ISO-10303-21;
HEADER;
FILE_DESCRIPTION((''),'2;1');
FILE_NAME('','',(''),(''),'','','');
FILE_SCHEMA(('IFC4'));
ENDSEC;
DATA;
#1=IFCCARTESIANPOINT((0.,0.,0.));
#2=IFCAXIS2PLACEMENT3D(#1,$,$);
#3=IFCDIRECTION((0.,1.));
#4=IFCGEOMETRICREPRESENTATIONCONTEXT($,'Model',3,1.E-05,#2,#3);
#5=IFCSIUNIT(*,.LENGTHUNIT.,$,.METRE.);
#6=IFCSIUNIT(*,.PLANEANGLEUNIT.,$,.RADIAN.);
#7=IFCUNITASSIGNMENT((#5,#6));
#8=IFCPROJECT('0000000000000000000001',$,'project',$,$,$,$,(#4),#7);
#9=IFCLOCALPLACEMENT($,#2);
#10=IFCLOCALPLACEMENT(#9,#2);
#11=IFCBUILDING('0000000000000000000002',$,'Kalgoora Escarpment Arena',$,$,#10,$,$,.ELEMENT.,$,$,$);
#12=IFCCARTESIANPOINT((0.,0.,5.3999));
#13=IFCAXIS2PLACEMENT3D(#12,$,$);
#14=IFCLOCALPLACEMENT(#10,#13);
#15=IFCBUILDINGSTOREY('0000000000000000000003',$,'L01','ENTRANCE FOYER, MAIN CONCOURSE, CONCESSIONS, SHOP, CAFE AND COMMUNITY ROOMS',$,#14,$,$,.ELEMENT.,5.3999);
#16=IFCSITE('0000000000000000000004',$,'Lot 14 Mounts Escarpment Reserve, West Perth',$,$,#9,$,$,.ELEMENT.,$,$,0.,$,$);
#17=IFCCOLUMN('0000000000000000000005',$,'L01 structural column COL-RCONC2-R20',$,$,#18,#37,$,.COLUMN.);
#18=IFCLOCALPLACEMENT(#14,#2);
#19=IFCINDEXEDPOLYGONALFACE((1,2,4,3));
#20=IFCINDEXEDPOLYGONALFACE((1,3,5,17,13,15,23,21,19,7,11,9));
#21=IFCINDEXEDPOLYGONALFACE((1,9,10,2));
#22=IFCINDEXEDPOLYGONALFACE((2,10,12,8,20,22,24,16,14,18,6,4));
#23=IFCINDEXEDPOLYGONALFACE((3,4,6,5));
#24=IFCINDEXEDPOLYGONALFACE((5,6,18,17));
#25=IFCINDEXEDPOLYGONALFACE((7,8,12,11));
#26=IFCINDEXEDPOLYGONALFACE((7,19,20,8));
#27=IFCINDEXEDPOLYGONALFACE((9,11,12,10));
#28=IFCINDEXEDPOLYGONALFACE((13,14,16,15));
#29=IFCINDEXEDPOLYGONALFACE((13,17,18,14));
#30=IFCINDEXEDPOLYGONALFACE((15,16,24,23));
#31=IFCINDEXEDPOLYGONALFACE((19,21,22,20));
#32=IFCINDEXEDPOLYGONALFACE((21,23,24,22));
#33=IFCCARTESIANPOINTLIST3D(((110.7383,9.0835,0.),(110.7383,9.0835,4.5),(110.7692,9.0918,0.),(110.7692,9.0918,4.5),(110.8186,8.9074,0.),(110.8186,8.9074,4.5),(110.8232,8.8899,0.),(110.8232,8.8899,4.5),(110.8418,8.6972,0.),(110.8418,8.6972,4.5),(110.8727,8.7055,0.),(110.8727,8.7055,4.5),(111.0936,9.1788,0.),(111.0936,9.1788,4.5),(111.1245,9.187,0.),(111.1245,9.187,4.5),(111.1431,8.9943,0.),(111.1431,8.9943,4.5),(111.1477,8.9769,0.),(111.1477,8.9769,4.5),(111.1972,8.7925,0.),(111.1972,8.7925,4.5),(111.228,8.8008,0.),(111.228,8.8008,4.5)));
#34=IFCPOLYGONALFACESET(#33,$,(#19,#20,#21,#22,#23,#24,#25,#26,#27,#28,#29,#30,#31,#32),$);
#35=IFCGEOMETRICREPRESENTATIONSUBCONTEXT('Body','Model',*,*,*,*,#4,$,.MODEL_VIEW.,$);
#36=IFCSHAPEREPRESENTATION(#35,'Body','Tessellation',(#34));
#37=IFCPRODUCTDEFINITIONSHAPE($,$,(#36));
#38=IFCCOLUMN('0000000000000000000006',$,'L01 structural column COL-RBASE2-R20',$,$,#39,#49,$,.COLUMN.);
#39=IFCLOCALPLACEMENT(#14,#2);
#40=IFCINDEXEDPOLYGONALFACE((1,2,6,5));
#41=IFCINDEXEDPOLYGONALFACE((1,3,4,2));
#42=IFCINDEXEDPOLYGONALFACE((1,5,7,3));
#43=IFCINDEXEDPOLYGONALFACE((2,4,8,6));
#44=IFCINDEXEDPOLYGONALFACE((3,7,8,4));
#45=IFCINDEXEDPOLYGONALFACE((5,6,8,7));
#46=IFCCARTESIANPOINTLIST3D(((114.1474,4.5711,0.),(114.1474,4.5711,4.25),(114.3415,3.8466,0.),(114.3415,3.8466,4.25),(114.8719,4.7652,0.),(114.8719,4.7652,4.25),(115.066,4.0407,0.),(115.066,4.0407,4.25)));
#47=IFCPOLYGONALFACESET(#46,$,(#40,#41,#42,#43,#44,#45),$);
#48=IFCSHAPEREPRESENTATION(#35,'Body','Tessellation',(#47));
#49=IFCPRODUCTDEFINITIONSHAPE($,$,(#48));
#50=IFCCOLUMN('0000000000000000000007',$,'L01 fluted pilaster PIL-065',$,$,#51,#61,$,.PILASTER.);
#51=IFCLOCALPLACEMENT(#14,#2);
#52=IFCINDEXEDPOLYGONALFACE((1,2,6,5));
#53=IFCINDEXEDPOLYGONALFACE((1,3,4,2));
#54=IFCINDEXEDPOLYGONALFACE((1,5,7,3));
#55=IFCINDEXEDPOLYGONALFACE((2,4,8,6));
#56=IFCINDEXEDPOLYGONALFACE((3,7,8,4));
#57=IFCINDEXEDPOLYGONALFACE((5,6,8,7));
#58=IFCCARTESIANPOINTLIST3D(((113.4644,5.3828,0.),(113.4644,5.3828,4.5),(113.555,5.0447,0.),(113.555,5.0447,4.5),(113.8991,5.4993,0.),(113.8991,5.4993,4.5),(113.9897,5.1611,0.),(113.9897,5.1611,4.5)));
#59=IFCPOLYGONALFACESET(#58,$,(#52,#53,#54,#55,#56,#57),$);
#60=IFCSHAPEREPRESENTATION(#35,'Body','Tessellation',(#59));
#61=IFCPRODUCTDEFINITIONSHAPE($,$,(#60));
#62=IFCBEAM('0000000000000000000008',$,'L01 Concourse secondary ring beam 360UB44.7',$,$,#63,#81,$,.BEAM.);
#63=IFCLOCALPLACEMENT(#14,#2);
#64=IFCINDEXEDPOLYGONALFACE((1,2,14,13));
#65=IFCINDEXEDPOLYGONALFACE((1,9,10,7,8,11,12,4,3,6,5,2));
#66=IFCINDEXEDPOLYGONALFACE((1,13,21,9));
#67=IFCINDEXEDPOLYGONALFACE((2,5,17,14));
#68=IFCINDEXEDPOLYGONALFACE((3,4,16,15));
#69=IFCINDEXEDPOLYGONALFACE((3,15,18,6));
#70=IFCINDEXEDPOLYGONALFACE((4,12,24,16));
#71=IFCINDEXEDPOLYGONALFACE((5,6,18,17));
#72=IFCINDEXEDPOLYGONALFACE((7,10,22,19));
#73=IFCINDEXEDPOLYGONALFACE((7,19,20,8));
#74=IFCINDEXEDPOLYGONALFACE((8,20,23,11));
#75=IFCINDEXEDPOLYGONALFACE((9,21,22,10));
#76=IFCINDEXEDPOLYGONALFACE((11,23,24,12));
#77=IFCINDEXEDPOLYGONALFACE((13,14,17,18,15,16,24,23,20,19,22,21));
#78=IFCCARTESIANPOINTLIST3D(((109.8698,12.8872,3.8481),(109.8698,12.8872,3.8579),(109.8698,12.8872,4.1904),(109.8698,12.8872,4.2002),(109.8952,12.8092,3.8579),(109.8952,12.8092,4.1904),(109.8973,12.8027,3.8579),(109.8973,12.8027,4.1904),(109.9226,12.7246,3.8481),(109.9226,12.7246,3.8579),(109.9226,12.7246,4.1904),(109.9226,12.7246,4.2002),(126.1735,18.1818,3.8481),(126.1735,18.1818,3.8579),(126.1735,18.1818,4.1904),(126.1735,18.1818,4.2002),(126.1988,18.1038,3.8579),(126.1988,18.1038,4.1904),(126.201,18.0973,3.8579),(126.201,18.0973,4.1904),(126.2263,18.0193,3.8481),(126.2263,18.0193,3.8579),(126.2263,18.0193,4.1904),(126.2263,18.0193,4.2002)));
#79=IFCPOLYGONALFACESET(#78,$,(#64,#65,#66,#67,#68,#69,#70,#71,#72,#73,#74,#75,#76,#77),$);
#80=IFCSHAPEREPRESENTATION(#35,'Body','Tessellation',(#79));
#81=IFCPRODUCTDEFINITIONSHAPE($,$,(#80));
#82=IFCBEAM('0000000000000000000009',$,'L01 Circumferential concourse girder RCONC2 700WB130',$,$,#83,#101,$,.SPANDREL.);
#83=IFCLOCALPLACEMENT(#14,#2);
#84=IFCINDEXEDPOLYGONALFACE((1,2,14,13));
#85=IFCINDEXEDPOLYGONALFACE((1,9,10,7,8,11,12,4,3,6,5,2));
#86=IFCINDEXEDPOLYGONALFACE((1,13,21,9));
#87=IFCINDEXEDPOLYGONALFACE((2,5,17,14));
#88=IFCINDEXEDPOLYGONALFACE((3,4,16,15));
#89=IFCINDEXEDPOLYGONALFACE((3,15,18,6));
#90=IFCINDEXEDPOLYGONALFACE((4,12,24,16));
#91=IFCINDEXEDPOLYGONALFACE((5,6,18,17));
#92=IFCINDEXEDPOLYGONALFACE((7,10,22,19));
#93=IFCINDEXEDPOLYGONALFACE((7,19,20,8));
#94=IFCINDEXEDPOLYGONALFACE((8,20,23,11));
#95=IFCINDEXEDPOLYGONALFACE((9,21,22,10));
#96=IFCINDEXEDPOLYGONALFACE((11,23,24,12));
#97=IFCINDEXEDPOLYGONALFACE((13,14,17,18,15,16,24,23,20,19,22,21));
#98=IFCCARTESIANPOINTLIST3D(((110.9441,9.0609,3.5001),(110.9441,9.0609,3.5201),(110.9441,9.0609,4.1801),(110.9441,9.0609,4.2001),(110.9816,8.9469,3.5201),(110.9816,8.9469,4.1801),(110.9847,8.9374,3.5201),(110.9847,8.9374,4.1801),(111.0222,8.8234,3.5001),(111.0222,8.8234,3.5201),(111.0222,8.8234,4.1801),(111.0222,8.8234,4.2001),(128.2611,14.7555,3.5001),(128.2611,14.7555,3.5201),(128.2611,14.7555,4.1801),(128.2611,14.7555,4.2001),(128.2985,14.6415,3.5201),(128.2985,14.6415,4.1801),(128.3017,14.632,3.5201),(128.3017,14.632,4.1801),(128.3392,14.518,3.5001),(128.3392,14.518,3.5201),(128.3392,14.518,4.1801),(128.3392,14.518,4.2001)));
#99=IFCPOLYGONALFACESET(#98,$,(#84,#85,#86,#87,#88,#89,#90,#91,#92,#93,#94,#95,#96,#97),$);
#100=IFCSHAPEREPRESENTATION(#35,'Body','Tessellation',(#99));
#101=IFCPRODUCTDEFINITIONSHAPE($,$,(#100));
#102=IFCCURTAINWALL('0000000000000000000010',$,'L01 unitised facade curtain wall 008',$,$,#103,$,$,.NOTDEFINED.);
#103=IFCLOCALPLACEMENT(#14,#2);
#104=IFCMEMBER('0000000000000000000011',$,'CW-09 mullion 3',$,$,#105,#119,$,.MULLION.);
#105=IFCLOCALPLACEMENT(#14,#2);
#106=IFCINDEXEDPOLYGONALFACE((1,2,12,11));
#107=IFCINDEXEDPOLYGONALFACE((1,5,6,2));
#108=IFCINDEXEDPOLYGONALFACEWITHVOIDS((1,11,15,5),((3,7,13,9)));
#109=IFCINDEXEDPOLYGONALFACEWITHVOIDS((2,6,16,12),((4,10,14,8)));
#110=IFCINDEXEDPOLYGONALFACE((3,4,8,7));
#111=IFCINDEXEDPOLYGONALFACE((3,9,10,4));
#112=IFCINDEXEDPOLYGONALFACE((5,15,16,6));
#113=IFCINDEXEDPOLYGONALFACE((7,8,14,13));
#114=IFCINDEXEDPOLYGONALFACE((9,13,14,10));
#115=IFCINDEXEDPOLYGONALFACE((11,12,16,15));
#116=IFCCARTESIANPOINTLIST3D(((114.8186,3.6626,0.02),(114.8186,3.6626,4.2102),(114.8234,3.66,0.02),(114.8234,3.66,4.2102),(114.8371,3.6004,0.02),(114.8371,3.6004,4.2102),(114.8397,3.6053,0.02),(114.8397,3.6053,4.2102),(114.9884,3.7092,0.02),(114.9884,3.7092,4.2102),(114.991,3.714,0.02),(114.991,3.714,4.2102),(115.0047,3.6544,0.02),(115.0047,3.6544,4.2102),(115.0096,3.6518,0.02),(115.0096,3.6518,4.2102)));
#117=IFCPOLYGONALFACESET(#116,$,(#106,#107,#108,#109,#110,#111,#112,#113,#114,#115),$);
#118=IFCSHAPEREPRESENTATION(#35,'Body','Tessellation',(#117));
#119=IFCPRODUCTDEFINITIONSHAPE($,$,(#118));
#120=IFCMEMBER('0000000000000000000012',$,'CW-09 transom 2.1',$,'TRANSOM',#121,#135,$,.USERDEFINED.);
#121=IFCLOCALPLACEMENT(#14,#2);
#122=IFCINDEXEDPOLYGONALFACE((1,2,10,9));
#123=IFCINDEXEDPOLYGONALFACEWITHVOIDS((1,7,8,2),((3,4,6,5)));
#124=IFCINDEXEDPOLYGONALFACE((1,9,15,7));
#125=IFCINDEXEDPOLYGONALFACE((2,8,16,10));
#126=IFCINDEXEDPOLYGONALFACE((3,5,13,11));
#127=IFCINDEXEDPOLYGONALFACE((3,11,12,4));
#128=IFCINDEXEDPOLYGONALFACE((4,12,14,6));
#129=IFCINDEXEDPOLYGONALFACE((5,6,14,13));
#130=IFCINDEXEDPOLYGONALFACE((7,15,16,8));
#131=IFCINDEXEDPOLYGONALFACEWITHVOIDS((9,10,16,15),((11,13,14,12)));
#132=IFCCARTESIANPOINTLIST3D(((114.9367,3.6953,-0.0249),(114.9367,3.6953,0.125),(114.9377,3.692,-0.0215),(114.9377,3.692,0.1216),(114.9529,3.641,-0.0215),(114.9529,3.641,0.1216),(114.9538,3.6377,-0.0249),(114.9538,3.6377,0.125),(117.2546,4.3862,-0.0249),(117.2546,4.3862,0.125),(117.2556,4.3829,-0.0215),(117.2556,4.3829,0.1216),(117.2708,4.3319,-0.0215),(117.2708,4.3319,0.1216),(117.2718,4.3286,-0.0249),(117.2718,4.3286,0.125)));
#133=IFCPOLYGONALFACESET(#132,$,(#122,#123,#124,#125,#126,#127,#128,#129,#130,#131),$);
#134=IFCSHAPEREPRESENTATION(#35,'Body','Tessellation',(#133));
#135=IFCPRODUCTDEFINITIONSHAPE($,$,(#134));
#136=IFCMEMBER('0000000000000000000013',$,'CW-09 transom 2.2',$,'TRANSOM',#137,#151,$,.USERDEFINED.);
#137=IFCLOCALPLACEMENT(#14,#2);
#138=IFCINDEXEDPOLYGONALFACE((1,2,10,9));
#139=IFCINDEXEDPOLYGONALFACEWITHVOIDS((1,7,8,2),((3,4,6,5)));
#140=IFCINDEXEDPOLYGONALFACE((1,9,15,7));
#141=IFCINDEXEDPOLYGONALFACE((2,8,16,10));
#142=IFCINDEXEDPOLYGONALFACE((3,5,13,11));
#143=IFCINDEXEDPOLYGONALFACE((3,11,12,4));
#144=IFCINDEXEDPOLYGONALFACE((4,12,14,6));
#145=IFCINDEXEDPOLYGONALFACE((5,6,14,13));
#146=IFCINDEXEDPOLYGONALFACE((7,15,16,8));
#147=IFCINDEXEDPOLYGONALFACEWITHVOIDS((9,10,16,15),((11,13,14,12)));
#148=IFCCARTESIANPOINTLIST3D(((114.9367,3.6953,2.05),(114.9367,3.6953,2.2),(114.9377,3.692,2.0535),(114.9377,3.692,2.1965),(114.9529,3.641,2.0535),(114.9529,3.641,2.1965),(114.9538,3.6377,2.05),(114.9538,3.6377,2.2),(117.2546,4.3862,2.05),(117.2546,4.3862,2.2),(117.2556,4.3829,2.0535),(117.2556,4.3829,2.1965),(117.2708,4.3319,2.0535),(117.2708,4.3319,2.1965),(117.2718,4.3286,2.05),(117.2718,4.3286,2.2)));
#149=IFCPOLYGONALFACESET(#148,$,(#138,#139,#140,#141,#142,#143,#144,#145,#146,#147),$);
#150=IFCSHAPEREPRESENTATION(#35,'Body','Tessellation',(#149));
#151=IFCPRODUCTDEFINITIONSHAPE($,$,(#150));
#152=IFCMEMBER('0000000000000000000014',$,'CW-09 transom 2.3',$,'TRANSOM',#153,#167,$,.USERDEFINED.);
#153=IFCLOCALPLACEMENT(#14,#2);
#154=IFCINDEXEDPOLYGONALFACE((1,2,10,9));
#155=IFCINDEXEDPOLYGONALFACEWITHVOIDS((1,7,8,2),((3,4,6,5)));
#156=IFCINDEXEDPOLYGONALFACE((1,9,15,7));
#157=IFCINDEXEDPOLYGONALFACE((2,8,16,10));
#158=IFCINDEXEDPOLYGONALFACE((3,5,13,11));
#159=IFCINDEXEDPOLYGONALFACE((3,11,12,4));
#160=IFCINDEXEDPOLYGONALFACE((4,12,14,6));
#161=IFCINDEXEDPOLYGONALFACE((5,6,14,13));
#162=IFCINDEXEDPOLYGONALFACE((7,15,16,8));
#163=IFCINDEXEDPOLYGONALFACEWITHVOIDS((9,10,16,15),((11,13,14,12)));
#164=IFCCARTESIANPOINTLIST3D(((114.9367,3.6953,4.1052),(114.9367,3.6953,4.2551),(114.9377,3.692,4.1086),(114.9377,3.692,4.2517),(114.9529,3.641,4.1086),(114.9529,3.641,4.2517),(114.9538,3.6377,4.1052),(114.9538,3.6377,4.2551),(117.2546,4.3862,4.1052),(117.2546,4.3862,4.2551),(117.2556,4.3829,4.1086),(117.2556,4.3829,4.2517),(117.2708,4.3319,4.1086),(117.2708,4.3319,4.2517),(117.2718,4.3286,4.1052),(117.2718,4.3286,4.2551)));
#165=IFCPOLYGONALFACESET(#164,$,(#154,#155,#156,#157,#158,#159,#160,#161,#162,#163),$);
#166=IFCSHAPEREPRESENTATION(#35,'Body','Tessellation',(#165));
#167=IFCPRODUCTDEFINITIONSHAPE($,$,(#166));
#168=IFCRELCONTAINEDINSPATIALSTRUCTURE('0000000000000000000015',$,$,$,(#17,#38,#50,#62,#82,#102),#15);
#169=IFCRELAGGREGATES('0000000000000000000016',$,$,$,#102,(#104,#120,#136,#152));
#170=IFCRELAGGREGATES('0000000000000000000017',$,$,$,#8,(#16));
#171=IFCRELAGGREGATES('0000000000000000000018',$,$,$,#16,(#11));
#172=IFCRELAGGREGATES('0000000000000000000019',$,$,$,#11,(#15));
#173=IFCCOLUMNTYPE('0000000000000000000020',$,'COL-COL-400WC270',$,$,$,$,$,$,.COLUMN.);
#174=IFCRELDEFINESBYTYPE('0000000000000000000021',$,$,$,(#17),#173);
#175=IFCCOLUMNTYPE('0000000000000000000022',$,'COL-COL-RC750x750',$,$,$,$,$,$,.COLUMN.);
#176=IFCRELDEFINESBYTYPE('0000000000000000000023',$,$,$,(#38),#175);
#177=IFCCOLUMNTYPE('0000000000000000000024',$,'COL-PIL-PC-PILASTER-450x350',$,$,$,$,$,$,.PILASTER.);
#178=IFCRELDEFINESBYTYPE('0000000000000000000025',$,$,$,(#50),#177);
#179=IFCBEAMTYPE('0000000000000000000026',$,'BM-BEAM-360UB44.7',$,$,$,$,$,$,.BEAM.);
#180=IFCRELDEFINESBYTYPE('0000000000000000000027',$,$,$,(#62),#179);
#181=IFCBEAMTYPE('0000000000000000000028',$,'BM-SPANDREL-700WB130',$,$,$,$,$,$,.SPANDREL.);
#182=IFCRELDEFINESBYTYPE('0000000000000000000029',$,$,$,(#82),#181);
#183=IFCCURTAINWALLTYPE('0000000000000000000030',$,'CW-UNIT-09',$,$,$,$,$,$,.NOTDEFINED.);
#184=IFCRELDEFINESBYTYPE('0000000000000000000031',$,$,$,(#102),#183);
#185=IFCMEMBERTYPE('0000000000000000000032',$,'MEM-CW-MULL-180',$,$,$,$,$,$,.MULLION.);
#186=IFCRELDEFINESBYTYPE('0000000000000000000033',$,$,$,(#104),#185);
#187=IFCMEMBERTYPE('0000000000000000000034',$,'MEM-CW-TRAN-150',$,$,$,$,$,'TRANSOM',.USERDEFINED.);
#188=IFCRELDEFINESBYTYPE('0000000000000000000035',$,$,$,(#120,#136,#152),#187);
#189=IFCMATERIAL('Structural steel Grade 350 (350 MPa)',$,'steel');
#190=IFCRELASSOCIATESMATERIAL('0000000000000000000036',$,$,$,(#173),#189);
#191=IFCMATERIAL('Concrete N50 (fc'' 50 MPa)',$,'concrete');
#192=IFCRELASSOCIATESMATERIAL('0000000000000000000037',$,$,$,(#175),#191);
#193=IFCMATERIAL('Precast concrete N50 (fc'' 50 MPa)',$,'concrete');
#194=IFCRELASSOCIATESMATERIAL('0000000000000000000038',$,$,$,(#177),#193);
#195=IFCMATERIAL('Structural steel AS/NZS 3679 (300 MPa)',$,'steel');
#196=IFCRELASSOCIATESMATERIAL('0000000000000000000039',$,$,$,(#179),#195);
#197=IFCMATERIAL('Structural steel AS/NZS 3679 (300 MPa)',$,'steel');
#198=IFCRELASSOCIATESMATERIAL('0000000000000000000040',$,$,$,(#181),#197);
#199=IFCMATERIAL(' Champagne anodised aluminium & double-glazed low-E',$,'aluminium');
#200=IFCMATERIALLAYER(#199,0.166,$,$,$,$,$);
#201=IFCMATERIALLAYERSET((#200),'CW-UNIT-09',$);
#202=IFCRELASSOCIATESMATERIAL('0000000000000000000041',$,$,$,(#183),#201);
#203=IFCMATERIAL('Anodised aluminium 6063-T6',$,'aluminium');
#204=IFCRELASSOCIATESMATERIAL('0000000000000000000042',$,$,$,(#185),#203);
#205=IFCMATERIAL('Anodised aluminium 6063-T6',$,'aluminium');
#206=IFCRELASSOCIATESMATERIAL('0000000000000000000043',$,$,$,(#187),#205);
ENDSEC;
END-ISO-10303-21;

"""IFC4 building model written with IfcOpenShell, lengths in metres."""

from ifc_helpers import new_model, si_unit, direction, frame, origin, origin_2d, place, context, subcontext, project, spatial, rectangle, hollow_rectangle, i_section, extrude, material, layer, layer_set, material_profile, profile_set, type_object, element, aggregate, save


model = new_model("IFC4")

# Units and contexts
model_context = context("Model", 3, precision=1e-05, world=origin(), true_north=direction((0.0, 1.0)))
body_context = subcontext(model_context, "Body", "Model", "MODEL_VIEW")
ifc_project = project(units=[si_unit("LENGTHUNIT", "METRE"), si_unit("PLANEANGLEUNIT", "RADIAN")], contexts=[model_context])

# Site, building, storey
site_placement = place(None, origin())
site = spatial("IfcSite", under=ifc_project, at=site_placement, Name="Lot 14 Mounts Escarpment Reserve, West Perth", CompositionType="ELEMENT", RefElevation=0.0)
building_placement = place(site_placement, origin())
building = spatial("IfcBuilding", under=site, at=building_placement, Name="Kalgoora Escarpment Arena", CompositionType="ELEMENT")
storey_placement = place(building_placement, frame((0.0, 0.0, 5.3999)))
storey = spatial("IfcBuildingStorey", under=building, at=storey_placement, Name="L01", Description="ENTRANCE FOYER, MAIN CONCOURSE, CONCESSIONS, SHOP, CAFE AND COMMUNITY ROOMS", CompositionType="ELEMENT", Elevation=5.3999)

# Columns
ifc_material_1 = material(Name="Structural steel Grade 350 (350 MPa)", Category="steel")
ifc_material_profile_1 = material_profile(ifc_material_1, i_section(OverallWidth=0.3999, OverallDepth=0.3999, WebThickness=0.0181, FlangeThickness=0.032, at=origin_2d()))
ifc_profile_set_1 = profile_set([ifc_material_profile_1], Name="Structural steel Grade 350 (350 MPa)")
column_type_1 = type_object("IfcColumnType", Name="COL-COL-400WC270", PredefinedType="COLUMN", material=ifc_profile_set_1)
column_1_placement = place(storey_placement, frame((110.9832, 8.9421, 0.0), z_axis=(0.0, 0.0, 1.0), x_axis=(0.258819, -0.965926, 0.0)))
element("IfcColumn", 1, at=column_1_placement, inside=storey, type_object=column_type_1, Name="L01 structural column COL-RCONC2-R20", PredefinedType="COLUMN", context=body_context, shape_type="SweptSolid", body=[
    extrude(i_section(OverallWidth=0.3999, OverallDepth=0.3999, WebThickness=0.0181, FlangeThickness=0.032, at=origin_2d()), origin(), (0.0, 0.0, 1.0), 4.5),
])
ifc_material_2 = material(Name="Concrete N50 (fc' 50 MPa)", Category="concrete")
ifc_material_profile_2 = material_profile(ifc_material_2, rectangle(XDim=0.75, YDim=0.75, at=origin_2d()))
ifc_profile_set_2 = profile_set([ifc_material_profile_2], Name="Concrete N50 (fc' 50 MPa)")
column_type_2 = type_object("IfcColumnType", Name="COL-COL-RC750x750", PredefinedType="COLUMN", material=ifc_profile_set_2)
column_2_placement = place(storey_placement, frame((114.6067, 4.3059, 0.0), z_axis=(0.0, 0.0, 1.0), x_axis=(0.258819, -0.965926, 0.0)))
element("IfcColumn", 2, at=column_2_placement, inside=storey, type_object=column_type_2, Name="L01 structural column COL-RBASE2-R20", PredefinedType="COLUMN", context=body_context, shape_type="SweptSolid", body=[
    extrude(rectangle(XDim=0.75, YDim=0.75, at=origin_2d()), origin(), (0.0, 0.0, 1.0), 4.25),
])
ifc_material_3 = material(Name="Precast concrete N50 (fc' 50 MPa)", Category="concrete")
ifc_material_profile_3 = material_profile(ifc_material_3, rectangle(XDim=0.3501, YDim=0.45, at=origin_2d()))
ifc_profile_set_3 = profile_set([ifc_material_profile_3], Name="Precast concrete N50 (fc' 50 MPa)")
column_type_3 = type_object("IfcColumnType", Name="COL-PIL-PC-PILASTER-450x350", PredefinedType="PILASTER", material=ifc_profile_set_3)
column_3_placement = place(storey_placement, frame((113.7271, 5.272, 0.0), z_axis=(0.0, 0.0, 1.0), x_axis=(0.258819, -0.965926, 0.0)))
element("IfcColumn", 3, at=column_3_placement, inside=storey, type_object=column_type_3, Name="L01 fluted pilaster PIL-065", PredefinedType="PILASTER", context=body_context, shape_type="SweptSolid", body=[
    extrude(rectangle(XDim=0.3501, YDim=0.45, at=origin_2d()), origin(), (0.0, 0.0, 1.0), 4.5),
])

# Beams
ifc_material_4 = material(Name="Structural steel AS/NZS 3679 (300 MPa)", Category="steel")
ifc_material_profile_4 = material_profile(ifc_material_4, i_section(OverallWidth=0.1709, OverallDepth=0.3521, WebThickness=0.0068, FlangeThickness=0.0098, at=origin_2d()))
ifc_profile_set_4 = profile_set([ifc_material_profile_4], Name="Structural steel AS/NZS 3679 (300 MPa)")
beam_type_1 = type_object("IfcBeamType", Name="BM-BEAM-360UB44.7", PredefinedType="BEAM", material=ifc_profile_set_4)
beam_1_placement = place(storey_placement, frame((109.8962, 12.8059, 4.0242), z_axis=(0.951103, 0.308874, 0.0), x_axis=(-0.308874, 0.951103, 0.0)))
element("IfcBeam", 4, at=beam_1_placement, inside=storey, type_object=beam_type_1, Name="L01 Concourse secondary ring beam 360UB44.7", PredefinedType="BEAM", context=body_context, shape_type="SweptSolid", body=[
    extrude(i_section(OverallWidth=0.1709, OverallDepth=0.3521, WebThickness=0.0068, FlangeThickness=0.0098, at=origin_2d()), origin(), (0.0, 0.0, 1.0), 17.1418),
])
ifc_material_5 = material(Name="Structural steel AS/NZS 3679 (300 MPa)", Category="steel")
ifc_material_profile_5 = material_profile(ifc_material_5, i_section(OverallWidth=0.25, OverallDepth=0.7, WebThickness=0.01, FlangeThickness=0.02, at=origin_2d()))
ifc_profile_set_5 = profile_set([ifc_material_profile_5], Name="Structural steel AS/NZS 3679 (300 MPa)")
beam_type_2 = type_object("IfcBeamType", Name="BM-SPANDREL-700WB130", PredefinedType="SPANDREL", material=ifc_profile_set_5)
beam_2_placement = place(storey_placement, frame((110.9832, 8.9421, 3.8501), z_axis=(0.949955, 0.312388, 0.0), x_axis=(-0.312388, 0.949955, 0.0)))
element("IfcBeam", 5, at=beam_2_placement, inside=storey, type_object=beam_type_2, Name="L01 Circumferential concourse girder RCONC2 700WB130", PredefinedType="SPANDREL", context=body_context, shape_type="SweptSolid", body=[
    extrude(i_section(OverallWidth=0.25, OverallDepth=0.7, WebThickness=0.01, FlangeThickness=0.02, at=origin_2d()), origin(), (0.0, 0.0, 1.0), 18.2292),
])

# Curtain wall, members
ifc_material_6 = material(Name=" Champagne anodised aluminium & double-glazed low-E", Category="aluminium")
ifc_layer_1 = layer(ifc_material_6, 0.166)
ifc_layer_set_1 = layer_set([ifc_layer_1], Name="CW-UNIT-09")
curtain_wall_type = type_object("IfcCurtainWallType", Name="CW-UNIT-09", PredefinedType="NOTDEFINED", material=ifc_layer_set_1)
curtain_wall_placement = place(storey_placement, origin())
curtain_wall = element("IfcCurtainWall", 6, at=curtain_wall_placement, inside=storey, type_object=curtain_wall_type, Name="L01 unitised facade curtain wall 008", PredefinedType="NOTDEFINED")
ifc_material_7 = material(Name="Anodised aluminium 6063-T6", Category="aluminium")
ifc_material_profile_6 = material_profile(ifc_material_7, hollow_rectangle(XDim=0.0649, YDim=0.1799, WallThickness=0.0039, at=origin_2d()))
ifc_profile_set_6 = profile_set([ifc_material_profile_6], Name="Anodised aluminium 6063-T6")
member_type_1 = type_object("IfcMemberType", Name="MEM-CW-MULL-180", PredefinedType="MULLION", material=ifc_profile_set_6)
member_1_placement = place(storey_placement, frame((114.9141, 3.6572, 0.02), z_axis=(0.0, 0.0, 1.0), x_axis=(0.285626, -0.958341, 0.0)))
member_1 = element("IfcMember", 7, at=member_1_placement, type_object=member_type_1, Name="CW-09 mullion 3", PredefinedType="MULLION", context=body_context, shape_type="SweptSolid", body=[
    extrude(hollow_rectangle(XDim=0.0649, YDim=0.1799, WallThickness=0.0039, at=origin_2d()), origin(), (0.0, 0.0, 1.0), 4.1902),
])
ifc_material_8 = material(Name="Anodised aluminium 6063-T6", Category="aluminium")
ifc_material_profile_7 = material_profile(ifc_material_8, hollow_rectangle(XDim=0.0601, YDim=0.1499, WallThickness=0.0034, at=origin_2d()))
ifc_profile_set_7 = profile_set([ifc_material_profile_7], Name="Anodised aluminium 6063-T6")
member_type_2 = type_object("IfcMemberType", Name="MEM-CW-TRAN-150", ElementType="TRANSOM", PredefinedType="USERDEFINED", material=ifc_profile_set_7)
member_2_placement = place(storey_placement, frame((117.2632, 4.3574, 0.05), z_axis=(-0.95833, -0.285662, 0.0), x_axis=(0.285662, -0.95833, 0.0)))
member_2 = element("IfcMember", 8, at=member_2_placement, type_object=member_type_2, Name="CW-09 transom 2.1", ObjectType="TRANSOM", PredefinedType="USERDEFINED", context=body_context, shape_type="SweptSolid", body=[
    extrude(hollow_rectangle(XDim=0.0601, YDim=0.1499, WallThickness=0.0034, at=origin_2d()), origin(), (0.0, 0.0, 1.0), 2.4187),
])
member_3_placement = place(storey_placement, frame((117.2632, 4.3574, 2.125), z_axis=(-0.95833, -0.285662, 0.0), x_axis=(0.285662, -0.95833, 0.0)))
member_3 = element("IfcMember", 9, at=member_3_placement, type_object=member_type_2, Name="CW-09 transom 2.2", ObjectType="TRANSOM", PredefinedType="USERDEFINED", context=body_context, shape_type="SweptSolid", body=[
    extrude(hollow_rectangle(XDim=0.0601, YDim=0.1499, WallThickness=0.0034, at=origin_2d()), origin(), (0.0, 0.0, 1.0), 2.4187),
])
member_4_placement = place(storey_placement, frame((117.2632, 4.3574, 4.1802), z_axis=(-0.95833, -0.285662, 0.0), x_axis=(0.285662, -0.95833, 0.0)))
member_4 = element("IfcMember", 10, at=member_4_placement, type_object=member_type_2, Name="CW-09 transom 2.3", ObjectType="TRANSOM", PredefinedType="USERDEFINED", context=body_context, shape_type="SweptSolid", body=[
    extrude(hollow_rectangle(XDim=0.0601, YDim=0.1499, WallThickness=0.0034, at=origin_2d()), origin(), (0.0, 0.0, 1.0), 2.4187),
])

aggregate(curtain_wall, [member_1, member_2, member_3, member_4])

save(model, "model.ifc")
